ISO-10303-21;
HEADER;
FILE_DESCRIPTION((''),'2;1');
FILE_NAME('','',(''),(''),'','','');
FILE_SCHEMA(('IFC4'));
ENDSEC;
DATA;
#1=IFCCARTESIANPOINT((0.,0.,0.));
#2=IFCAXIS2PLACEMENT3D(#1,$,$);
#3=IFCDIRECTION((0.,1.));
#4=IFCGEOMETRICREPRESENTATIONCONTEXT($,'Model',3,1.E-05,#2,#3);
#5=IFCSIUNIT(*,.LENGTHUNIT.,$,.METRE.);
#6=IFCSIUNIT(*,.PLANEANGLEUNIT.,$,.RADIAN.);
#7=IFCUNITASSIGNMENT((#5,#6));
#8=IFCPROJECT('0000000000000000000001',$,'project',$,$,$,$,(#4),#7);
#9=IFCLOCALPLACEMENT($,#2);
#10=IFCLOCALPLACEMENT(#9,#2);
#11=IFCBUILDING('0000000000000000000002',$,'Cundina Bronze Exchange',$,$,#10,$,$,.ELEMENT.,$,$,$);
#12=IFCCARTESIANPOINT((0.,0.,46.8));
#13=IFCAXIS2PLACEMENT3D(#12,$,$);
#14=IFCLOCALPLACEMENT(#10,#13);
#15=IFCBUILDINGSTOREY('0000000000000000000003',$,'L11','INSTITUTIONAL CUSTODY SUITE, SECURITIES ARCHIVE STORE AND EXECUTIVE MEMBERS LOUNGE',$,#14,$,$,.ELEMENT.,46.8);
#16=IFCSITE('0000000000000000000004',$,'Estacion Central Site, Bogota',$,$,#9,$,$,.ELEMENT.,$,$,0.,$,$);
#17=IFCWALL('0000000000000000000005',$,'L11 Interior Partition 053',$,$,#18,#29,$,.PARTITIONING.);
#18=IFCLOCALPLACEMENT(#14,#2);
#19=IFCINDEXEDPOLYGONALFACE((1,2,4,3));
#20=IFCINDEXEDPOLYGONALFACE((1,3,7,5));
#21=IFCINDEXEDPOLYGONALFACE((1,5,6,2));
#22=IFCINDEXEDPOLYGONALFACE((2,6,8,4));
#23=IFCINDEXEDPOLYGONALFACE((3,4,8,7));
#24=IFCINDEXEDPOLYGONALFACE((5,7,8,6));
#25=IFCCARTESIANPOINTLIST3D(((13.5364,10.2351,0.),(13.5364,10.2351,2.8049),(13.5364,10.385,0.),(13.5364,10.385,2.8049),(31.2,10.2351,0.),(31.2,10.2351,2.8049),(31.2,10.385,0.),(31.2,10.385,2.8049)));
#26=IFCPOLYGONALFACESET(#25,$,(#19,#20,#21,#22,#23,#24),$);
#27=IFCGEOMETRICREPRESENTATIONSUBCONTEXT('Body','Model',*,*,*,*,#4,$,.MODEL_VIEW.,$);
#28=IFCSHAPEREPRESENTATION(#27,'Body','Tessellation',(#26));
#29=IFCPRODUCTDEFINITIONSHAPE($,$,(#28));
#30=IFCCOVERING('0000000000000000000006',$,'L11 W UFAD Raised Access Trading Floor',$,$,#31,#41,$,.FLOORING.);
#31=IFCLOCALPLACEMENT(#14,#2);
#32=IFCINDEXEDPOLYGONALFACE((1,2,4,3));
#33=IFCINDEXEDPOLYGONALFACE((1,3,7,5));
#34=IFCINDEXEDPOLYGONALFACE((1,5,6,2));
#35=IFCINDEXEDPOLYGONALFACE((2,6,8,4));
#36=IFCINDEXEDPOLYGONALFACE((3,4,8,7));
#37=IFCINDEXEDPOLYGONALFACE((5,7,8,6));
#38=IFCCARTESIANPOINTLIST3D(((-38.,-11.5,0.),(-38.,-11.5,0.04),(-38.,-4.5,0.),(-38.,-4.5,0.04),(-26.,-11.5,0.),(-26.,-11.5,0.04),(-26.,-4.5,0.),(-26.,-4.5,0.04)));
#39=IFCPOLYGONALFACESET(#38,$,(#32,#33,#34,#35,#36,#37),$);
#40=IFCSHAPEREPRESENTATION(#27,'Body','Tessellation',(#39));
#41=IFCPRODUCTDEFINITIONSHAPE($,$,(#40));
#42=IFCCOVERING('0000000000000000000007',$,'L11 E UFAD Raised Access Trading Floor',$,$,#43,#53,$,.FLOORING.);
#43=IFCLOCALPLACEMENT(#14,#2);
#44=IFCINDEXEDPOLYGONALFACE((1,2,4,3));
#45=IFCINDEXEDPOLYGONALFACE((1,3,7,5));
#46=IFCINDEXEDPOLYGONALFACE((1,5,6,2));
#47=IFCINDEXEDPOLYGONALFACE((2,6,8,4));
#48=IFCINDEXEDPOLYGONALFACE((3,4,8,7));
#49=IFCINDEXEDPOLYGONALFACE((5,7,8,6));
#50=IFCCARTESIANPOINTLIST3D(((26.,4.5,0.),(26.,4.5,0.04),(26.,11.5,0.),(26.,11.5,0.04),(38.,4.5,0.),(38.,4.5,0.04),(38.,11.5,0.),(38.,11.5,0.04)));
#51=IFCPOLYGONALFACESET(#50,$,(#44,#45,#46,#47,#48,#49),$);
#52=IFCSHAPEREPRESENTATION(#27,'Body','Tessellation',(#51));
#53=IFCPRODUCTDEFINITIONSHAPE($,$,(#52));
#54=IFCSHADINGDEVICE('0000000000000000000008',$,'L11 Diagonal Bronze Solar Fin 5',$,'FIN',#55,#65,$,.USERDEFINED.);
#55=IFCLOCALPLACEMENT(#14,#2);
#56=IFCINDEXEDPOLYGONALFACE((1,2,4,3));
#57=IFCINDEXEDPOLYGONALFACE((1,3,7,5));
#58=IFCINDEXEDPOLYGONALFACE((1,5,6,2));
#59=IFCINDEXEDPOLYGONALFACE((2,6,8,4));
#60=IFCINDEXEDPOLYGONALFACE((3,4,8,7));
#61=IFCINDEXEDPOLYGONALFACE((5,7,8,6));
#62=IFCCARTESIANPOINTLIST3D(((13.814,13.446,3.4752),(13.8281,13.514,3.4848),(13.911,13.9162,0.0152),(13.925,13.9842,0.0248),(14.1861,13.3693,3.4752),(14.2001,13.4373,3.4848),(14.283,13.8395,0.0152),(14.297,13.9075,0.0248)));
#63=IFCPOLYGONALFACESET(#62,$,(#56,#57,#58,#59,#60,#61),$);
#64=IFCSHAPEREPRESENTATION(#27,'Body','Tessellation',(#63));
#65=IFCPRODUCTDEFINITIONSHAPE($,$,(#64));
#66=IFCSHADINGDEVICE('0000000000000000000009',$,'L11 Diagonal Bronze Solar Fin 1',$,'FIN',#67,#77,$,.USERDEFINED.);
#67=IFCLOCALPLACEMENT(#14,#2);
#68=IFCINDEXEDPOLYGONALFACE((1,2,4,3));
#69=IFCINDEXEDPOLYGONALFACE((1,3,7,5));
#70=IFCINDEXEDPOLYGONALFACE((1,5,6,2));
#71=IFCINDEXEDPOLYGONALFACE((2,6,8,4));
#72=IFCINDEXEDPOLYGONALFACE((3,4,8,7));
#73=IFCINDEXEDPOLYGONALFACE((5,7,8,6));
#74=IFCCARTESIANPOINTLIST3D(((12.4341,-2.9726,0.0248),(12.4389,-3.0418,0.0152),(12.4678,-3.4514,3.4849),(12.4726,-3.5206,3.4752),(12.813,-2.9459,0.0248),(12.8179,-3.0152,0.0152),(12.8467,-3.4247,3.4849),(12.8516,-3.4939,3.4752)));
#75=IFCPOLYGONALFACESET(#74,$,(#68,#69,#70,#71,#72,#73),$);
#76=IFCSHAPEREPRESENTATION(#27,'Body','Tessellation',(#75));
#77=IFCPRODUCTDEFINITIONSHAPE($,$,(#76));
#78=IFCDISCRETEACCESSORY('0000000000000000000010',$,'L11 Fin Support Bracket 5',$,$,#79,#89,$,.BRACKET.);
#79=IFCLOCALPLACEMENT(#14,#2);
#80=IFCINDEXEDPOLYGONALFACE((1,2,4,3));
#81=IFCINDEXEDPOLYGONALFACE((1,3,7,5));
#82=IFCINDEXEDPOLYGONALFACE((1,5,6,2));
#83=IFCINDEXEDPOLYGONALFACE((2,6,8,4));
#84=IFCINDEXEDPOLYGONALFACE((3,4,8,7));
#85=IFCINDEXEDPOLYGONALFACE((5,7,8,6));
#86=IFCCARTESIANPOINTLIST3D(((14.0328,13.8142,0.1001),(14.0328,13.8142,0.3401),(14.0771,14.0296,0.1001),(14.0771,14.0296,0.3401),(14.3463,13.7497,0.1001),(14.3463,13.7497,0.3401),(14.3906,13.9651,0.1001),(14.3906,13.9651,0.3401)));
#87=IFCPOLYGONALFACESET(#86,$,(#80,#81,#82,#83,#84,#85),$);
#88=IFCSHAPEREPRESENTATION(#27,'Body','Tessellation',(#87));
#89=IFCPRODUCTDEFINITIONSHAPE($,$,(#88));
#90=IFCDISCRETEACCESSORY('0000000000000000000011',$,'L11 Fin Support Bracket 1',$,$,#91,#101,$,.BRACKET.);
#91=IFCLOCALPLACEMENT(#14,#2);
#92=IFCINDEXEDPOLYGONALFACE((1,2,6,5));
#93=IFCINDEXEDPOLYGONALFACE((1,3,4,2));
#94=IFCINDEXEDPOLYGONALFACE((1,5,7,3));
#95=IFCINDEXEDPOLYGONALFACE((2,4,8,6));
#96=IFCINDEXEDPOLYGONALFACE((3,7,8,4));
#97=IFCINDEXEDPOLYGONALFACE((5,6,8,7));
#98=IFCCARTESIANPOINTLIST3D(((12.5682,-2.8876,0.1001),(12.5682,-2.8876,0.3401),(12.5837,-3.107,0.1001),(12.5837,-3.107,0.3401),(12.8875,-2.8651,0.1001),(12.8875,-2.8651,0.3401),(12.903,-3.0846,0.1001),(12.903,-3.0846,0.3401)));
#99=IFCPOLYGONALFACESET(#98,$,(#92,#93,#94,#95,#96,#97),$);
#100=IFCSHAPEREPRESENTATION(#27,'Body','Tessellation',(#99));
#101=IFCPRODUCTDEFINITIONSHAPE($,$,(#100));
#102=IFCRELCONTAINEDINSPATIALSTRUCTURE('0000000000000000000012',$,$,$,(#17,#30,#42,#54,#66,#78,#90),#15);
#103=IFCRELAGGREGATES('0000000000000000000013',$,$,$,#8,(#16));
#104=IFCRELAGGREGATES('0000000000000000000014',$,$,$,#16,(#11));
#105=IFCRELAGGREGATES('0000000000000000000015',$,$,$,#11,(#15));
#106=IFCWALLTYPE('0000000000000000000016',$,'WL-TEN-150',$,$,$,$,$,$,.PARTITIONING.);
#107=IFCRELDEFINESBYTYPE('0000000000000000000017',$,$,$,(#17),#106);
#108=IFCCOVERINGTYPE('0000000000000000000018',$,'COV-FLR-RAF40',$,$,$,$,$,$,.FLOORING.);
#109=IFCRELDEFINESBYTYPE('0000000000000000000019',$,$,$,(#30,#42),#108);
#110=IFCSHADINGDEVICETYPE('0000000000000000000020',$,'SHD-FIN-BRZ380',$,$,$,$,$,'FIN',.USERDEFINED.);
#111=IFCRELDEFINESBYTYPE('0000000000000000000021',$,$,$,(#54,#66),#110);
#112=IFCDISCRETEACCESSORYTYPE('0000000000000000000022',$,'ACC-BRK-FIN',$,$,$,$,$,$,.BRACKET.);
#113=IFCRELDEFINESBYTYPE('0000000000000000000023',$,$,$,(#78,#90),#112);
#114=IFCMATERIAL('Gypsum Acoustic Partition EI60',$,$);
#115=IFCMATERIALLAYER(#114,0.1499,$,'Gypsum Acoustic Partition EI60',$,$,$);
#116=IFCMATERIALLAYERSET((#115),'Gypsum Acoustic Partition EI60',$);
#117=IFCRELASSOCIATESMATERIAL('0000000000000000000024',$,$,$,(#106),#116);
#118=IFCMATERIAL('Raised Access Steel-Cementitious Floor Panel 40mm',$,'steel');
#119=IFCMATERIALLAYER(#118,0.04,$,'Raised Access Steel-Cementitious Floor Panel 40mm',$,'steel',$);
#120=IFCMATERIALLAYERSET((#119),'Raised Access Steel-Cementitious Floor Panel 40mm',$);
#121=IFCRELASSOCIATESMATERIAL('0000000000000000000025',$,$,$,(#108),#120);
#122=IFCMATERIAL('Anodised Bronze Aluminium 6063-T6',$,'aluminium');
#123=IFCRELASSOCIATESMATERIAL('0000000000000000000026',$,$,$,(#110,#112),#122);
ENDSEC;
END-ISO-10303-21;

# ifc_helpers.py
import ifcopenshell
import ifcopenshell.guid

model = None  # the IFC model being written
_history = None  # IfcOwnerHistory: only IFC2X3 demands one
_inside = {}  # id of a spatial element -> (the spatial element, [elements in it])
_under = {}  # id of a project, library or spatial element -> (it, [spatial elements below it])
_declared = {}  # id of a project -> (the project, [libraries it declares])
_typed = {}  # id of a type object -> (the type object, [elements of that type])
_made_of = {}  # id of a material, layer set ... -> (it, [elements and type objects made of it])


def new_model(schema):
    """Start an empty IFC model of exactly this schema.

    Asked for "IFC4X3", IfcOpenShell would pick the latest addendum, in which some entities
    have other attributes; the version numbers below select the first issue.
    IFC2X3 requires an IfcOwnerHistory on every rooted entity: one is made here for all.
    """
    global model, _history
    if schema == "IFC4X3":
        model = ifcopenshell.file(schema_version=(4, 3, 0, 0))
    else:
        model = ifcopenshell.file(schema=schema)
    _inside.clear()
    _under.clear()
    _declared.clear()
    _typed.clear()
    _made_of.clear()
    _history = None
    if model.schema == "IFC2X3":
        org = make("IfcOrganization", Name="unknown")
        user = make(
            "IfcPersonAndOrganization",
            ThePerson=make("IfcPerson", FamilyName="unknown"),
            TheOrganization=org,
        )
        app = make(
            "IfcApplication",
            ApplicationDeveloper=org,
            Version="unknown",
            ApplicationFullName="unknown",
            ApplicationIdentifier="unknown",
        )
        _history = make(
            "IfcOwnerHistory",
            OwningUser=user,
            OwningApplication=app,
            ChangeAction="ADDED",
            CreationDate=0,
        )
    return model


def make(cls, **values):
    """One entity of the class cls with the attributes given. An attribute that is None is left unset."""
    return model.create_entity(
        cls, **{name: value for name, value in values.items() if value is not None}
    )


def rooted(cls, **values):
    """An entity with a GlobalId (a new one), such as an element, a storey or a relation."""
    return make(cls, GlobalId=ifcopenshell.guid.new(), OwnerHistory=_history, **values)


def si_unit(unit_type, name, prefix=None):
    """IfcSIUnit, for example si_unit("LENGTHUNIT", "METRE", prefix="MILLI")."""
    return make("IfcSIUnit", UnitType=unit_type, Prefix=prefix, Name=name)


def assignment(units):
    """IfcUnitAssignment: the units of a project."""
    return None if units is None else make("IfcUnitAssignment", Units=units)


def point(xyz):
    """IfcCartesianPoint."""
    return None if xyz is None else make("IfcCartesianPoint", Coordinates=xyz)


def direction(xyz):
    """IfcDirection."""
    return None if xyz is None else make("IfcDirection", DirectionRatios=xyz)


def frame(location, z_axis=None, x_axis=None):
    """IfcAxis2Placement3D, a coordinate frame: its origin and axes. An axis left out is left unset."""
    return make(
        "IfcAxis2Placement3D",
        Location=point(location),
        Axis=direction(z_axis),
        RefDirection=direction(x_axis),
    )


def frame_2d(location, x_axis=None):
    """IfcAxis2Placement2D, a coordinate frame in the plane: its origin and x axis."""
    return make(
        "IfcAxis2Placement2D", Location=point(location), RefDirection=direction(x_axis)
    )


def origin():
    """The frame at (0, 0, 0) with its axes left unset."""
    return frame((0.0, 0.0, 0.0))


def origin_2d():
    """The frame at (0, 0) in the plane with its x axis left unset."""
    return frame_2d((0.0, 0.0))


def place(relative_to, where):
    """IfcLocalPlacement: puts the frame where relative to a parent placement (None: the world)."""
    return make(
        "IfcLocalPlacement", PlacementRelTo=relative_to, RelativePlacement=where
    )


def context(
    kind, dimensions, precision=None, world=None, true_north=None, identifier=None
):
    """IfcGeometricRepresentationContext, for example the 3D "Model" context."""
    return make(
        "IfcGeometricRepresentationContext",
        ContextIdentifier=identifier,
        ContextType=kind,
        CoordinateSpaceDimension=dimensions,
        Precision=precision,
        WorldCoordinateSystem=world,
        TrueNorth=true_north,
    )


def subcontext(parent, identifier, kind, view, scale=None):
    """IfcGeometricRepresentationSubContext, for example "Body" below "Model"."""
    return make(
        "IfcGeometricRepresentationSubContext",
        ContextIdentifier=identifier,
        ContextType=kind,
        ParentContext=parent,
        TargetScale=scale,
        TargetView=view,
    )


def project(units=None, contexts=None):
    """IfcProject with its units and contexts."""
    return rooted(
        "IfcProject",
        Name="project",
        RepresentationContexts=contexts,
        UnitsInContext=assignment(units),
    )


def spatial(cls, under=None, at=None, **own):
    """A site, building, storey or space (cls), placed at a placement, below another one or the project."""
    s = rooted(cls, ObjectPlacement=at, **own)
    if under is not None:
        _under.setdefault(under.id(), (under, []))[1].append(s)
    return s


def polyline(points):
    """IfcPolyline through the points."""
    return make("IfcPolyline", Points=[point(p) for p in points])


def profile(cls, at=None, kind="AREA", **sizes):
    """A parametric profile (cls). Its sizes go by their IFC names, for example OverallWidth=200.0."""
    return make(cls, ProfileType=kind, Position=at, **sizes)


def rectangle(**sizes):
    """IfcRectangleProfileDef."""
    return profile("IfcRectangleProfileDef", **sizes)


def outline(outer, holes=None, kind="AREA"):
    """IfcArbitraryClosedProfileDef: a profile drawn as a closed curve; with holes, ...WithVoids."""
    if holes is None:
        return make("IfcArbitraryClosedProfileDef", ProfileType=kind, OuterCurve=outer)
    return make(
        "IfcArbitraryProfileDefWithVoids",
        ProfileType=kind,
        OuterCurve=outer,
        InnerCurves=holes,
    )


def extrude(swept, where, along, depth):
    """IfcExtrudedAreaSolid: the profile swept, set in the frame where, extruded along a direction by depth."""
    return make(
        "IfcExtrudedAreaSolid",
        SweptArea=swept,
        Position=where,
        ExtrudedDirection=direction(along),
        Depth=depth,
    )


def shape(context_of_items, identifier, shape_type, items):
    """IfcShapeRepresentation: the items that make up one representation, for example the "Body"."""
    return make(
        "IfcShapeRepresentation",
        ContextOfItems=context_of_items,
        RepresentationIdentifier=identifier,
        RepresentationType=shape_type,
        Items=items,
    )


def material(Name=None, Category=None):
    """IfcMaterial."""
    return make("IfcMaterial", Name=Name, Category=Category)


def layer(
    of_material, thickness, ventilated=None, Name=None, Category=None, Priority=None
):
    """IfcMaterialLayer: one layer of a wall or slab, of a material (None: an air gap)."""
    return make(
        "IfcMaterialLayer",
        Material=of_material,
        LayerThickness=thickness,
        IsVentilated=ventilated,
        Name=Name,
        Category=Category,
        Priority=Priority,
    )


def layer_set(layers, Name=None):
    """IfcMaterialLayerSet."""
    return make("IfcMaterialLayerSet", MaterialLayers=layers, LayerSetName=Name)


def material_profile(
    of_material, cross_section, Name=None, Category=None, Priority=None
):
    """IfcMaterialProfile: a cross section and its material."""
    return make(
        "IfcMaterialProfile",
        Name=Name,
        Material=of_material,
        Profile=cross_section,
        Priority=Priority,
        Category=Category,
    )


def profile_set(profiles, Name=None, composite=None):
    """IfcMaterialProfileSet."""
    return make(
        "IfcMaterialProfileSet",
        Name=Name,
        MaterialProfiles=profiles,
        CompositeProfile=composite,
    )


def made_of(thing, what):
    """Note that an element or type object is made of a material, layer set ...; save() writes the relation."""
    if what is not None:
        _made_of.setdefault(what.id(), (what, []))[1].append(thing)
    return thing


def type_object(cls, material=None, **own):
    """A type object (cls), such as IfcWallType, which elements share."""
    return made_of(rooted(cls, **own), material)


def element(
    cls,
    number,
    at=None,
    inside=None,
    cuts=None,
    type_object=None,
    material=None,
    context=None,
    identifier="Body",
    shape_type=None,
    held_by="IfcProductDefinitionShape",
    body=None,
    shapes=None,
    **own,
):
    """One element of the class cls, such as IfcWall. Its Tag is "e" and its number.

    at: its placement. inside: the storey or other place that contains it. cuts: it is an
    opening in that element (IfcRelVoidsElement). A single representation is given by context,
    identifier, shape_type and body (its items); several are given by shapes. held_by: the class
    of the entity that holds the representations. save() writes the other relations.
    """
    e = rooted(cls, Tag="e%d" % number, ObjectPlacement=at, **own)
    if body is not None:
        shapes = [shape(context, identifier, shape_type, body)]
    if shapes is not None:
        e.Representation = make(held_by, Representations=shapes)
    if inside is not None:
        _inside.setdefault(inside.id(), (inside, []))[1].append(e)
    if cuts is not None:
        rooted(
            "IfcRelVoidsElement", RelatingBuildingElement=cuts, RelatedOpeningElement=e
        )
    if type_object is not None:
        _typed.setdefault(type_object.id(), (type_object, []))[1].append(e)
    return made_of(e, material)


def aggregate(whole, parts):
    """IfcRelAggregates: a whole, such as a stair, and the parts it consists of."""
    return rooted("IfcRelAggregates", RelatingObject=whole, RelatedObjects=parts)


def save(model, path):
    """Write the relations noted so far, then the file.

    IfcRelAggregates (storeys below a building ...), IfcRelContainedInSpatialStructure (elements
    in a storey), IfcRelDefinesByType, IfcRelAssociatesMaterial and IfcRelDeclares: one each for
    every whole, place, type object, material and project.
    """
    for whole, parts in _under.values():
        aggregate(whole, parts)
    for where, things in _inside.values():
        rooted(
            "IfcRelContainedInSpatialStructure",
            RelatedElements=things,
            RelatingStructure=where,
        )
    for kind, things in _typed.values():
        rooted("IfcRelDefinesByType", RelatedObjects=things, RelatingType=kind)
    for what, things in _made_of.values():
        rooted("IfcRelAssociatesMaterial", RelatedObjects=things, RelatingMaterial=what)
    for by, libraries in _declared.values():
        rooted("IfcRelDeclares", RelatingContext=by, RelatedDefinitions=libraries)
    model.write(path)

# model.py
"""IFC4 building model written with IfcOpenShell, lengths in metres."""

from ifc_helpers import new_model, si_unit, direction, frame, frame_2d, origin, origin_2d, place, context, subcontext, project, spatial, polyline, rectangle, outline, extrude, material, layer, layer_set, material_profile, profile_set, type_object, element, save


model = new_model("IFC4")

# Units and contexts
model_context = context("Model", 3, precision=1e-05, world=origin(), true_north=direction((0.0, 1.0)))
body_context = subcontext(model_context, "Body", "Model", "MODEL_VIEW")
ifc_project = project(units=[si_unit("LENGTHUNIT", "METRE"), si_unit("PLANEANGLEUNIT", "RADIAN")], contexts=[model_context])

# Site, building, storey
site_placement = place(None, origin())
site = spatial("IfcSite", under=ifc_project, at=site_placement, Name="Estacion Central Site, Bogota", CompositionType="ELEMENT", RefElevation=0.0)
building_placement = place(site_placement, origin())
building = spatial("IfcBuilding", under=site, at=building_placement, Name="Cundina Bronze Exchange", CompositionType="ELEMENT")
storey_placement = place(building_placement, frame((0.0, 0.0, 46.8)))
storey = spatial("IfcBuildingStorey", under=building, at=storey_placement, Name="L11", Description="INSTITUTIONAL CUSTODY SUITE, SECURITIES ARCHIVE STORE AND EXECUTIVE MEMBERS LOUNGE", CompositionType="ELEMENT", Elevation=46.8)

# Shared definitions
ifc_material_1 = material(Name="Anodised Bronze Aluminium 6063-T6", Category="aluminium")

# Wall
ifc_material_2 = material(Name="Gypsum Acoustic Partition EI60")
ifc_layer_1 = layer(ifc_material_2, 0.1499, Name="Gypsum Acoustic Partition EI60")
ifc_layer_set_1 = layer_set([ifc_layer_1], Name="Gypsum Acoustic Partition EI60")
wall_type_1 = type_object("IfcWallType", Name="WL-TEN-150", PredefinedType="PARTITIONING", material=ifc_layer_set_1)
wall_1_placement = place(storey_placement, frame((13.5364, 10.3101, 0.0), z_axis=(0.0, 0.0, 1.0), x_axis=(1.0, 0.0, 0.0)))
element("IfcWall", 1, at=wall_1_placement, inside=storey, type_object=wall_type_1, Name="L11 Interior Partition 053", PredefinedType="PARTITIONING", context=body_context, shape_type="SweptSolid", body=[
    extrude(rectangle(XDim=17.6636, YDim=0.1499, at=frame_2d((8.8318, 0.0))), origin(), (0.0, 0.0, 1.0), 2.8049),
])

# Coverings
ifc_material_3 = material(Name="Raised Access Steel-Cementitious Floor Panel 40mm", Category="steel")
ifc_layer_2 = layer(ifc_material_3, 0.04, Name="Raised Access Steel-Cementitious Floor Panel 40mm", Category="steel")
ifc_layer_set_2 = layer_set([ifc_layer_2], Name="Raised Access Steel-Cementitious Floor Panel 40mm")
covering_type = type_object("IfcCoveringType", Name="COV-FLR-RAF40", PredefinedType="FLOORING", material=ifc_layer_set_2)
covering_1_placement = place(storey_placement, origin())
element("IfcCovering", 2, at=covering_1_placement, inside=storey, type_object=covering_type, Name="L11 W UFAD Raised Access Trading Floor", PredefinedType="FLOORING", context=body_context, shape_type="SweptSolid", body=[
    extrude(outline(polyline([(-38.0, -11.5), (-26.0, -11.5), (-26.0, -4.5), (-38.0, -4.5), (-38.0, -11.5)])), origin(), (0.0, 0.0, 1.0), 0.04),
])
covering_2_placement = place(storey_placement, origin())
element("IfcCovering", 3, at=covering_2_placement, inside=storey, type_object=covering_type, Name="L11 E UFAD Raised Access Trading Floor", PredefinedType="FLOORING", context=body_context, shape_type="SweptSolid", body=[
    extrude(outline(polyline([(26.0, 4.5), (38.0, 4.5), (38.0, 11.5), (26.0, 11.5), (26.0, 4.5)])), origin(), (0.0, 0.0, 1.0), 0.04),
])

# Shading devices
ifc_material_profile_1 = material_profile(ifc_material_1, rectangle(XDim=0.0701, YDim=0.3799, at=origin_2d()), Name="FIN70X380", Category="aluminium")
ifc_profile_set_1 = profile_set([ifc_material_profile_1], Name="Anodised Bronze Aluminium 6063-T6")
shading_device_type = type_object("IfcShadingDeviceType", Name="SHD-FIN-BRZ380", ElementType="FIN", PredefinedType="USERDEFINED", material=ifc_profile_set_1)
for number, where, z_axis, x_axis, name in (
    (4, (14.104, 13.9119, 0.02), (-0.027747, -0.134612, 0.99051), (0.199967, 0.970115, 0.137442), "L11 Diagonal Bronze Solar Fin 5"),
    (5, (12.626, -2.9939, 0.02), (0.009645, -0.137059, 0.990516), (-0.069533, 0.988072, 0.137398), "L11 Diagonal Bronze Solar Fin 1"),
):
    element("IfcShadingDevice", number, at=place(storey_placement, frame(where, z_axis=z_axis, x_axis=x_axis)), inside=storey, type_object=shading_device_type, Name=name, ObjectType="FIN", PredefinedType="USERDEFINED", context=body_context, shape_type="SweptSolid", body=[
        extrude(rectangle(XDim=0.0701, YDim=0.3799, at=origin_2d()), origin(), (0.0, 0.0, 1.0), 3.4932),
    ])

# Discrete accessories
discrete_accessory_type = type_object("IfcDiscreteAccessoryType", Name="ACC-BRK-FIN", PredefinedType="BRACKET", material=ifc_material_1)
for number, where, z_axis, x_axis, name in (
    (6, (14.2117, 13.8896, 0.1001), (0.0, 0.0, 1.0), (-0.20142, -0.979505, 0.0), "L11 Fin Support Bracket 5"),
    (7, (12.7356, -2.9861, 0.1001), (0.0, 0.0, 1.0), (0.070279, -0.997527, 0.0), "L11 Fin Support Bracket 1"),
):
    element("IfcDiscreteAccessory", number, at=place(storey_placement, frame(where, z_axis=z_axis, x_axis=x_axis)), inside=storey, type_object=discrete_accessory_type, Name=name, PredefinedType="BRACKET", context=body_context, shape_type="SweptSolid", body=[
        extrude(rectangle(XDim=0.22, YDim=0.3201, at=origin_2d()), origin(), (0.0, 0.0, 1.0), 0.24),
    ])

save(model, "model.ifc")
